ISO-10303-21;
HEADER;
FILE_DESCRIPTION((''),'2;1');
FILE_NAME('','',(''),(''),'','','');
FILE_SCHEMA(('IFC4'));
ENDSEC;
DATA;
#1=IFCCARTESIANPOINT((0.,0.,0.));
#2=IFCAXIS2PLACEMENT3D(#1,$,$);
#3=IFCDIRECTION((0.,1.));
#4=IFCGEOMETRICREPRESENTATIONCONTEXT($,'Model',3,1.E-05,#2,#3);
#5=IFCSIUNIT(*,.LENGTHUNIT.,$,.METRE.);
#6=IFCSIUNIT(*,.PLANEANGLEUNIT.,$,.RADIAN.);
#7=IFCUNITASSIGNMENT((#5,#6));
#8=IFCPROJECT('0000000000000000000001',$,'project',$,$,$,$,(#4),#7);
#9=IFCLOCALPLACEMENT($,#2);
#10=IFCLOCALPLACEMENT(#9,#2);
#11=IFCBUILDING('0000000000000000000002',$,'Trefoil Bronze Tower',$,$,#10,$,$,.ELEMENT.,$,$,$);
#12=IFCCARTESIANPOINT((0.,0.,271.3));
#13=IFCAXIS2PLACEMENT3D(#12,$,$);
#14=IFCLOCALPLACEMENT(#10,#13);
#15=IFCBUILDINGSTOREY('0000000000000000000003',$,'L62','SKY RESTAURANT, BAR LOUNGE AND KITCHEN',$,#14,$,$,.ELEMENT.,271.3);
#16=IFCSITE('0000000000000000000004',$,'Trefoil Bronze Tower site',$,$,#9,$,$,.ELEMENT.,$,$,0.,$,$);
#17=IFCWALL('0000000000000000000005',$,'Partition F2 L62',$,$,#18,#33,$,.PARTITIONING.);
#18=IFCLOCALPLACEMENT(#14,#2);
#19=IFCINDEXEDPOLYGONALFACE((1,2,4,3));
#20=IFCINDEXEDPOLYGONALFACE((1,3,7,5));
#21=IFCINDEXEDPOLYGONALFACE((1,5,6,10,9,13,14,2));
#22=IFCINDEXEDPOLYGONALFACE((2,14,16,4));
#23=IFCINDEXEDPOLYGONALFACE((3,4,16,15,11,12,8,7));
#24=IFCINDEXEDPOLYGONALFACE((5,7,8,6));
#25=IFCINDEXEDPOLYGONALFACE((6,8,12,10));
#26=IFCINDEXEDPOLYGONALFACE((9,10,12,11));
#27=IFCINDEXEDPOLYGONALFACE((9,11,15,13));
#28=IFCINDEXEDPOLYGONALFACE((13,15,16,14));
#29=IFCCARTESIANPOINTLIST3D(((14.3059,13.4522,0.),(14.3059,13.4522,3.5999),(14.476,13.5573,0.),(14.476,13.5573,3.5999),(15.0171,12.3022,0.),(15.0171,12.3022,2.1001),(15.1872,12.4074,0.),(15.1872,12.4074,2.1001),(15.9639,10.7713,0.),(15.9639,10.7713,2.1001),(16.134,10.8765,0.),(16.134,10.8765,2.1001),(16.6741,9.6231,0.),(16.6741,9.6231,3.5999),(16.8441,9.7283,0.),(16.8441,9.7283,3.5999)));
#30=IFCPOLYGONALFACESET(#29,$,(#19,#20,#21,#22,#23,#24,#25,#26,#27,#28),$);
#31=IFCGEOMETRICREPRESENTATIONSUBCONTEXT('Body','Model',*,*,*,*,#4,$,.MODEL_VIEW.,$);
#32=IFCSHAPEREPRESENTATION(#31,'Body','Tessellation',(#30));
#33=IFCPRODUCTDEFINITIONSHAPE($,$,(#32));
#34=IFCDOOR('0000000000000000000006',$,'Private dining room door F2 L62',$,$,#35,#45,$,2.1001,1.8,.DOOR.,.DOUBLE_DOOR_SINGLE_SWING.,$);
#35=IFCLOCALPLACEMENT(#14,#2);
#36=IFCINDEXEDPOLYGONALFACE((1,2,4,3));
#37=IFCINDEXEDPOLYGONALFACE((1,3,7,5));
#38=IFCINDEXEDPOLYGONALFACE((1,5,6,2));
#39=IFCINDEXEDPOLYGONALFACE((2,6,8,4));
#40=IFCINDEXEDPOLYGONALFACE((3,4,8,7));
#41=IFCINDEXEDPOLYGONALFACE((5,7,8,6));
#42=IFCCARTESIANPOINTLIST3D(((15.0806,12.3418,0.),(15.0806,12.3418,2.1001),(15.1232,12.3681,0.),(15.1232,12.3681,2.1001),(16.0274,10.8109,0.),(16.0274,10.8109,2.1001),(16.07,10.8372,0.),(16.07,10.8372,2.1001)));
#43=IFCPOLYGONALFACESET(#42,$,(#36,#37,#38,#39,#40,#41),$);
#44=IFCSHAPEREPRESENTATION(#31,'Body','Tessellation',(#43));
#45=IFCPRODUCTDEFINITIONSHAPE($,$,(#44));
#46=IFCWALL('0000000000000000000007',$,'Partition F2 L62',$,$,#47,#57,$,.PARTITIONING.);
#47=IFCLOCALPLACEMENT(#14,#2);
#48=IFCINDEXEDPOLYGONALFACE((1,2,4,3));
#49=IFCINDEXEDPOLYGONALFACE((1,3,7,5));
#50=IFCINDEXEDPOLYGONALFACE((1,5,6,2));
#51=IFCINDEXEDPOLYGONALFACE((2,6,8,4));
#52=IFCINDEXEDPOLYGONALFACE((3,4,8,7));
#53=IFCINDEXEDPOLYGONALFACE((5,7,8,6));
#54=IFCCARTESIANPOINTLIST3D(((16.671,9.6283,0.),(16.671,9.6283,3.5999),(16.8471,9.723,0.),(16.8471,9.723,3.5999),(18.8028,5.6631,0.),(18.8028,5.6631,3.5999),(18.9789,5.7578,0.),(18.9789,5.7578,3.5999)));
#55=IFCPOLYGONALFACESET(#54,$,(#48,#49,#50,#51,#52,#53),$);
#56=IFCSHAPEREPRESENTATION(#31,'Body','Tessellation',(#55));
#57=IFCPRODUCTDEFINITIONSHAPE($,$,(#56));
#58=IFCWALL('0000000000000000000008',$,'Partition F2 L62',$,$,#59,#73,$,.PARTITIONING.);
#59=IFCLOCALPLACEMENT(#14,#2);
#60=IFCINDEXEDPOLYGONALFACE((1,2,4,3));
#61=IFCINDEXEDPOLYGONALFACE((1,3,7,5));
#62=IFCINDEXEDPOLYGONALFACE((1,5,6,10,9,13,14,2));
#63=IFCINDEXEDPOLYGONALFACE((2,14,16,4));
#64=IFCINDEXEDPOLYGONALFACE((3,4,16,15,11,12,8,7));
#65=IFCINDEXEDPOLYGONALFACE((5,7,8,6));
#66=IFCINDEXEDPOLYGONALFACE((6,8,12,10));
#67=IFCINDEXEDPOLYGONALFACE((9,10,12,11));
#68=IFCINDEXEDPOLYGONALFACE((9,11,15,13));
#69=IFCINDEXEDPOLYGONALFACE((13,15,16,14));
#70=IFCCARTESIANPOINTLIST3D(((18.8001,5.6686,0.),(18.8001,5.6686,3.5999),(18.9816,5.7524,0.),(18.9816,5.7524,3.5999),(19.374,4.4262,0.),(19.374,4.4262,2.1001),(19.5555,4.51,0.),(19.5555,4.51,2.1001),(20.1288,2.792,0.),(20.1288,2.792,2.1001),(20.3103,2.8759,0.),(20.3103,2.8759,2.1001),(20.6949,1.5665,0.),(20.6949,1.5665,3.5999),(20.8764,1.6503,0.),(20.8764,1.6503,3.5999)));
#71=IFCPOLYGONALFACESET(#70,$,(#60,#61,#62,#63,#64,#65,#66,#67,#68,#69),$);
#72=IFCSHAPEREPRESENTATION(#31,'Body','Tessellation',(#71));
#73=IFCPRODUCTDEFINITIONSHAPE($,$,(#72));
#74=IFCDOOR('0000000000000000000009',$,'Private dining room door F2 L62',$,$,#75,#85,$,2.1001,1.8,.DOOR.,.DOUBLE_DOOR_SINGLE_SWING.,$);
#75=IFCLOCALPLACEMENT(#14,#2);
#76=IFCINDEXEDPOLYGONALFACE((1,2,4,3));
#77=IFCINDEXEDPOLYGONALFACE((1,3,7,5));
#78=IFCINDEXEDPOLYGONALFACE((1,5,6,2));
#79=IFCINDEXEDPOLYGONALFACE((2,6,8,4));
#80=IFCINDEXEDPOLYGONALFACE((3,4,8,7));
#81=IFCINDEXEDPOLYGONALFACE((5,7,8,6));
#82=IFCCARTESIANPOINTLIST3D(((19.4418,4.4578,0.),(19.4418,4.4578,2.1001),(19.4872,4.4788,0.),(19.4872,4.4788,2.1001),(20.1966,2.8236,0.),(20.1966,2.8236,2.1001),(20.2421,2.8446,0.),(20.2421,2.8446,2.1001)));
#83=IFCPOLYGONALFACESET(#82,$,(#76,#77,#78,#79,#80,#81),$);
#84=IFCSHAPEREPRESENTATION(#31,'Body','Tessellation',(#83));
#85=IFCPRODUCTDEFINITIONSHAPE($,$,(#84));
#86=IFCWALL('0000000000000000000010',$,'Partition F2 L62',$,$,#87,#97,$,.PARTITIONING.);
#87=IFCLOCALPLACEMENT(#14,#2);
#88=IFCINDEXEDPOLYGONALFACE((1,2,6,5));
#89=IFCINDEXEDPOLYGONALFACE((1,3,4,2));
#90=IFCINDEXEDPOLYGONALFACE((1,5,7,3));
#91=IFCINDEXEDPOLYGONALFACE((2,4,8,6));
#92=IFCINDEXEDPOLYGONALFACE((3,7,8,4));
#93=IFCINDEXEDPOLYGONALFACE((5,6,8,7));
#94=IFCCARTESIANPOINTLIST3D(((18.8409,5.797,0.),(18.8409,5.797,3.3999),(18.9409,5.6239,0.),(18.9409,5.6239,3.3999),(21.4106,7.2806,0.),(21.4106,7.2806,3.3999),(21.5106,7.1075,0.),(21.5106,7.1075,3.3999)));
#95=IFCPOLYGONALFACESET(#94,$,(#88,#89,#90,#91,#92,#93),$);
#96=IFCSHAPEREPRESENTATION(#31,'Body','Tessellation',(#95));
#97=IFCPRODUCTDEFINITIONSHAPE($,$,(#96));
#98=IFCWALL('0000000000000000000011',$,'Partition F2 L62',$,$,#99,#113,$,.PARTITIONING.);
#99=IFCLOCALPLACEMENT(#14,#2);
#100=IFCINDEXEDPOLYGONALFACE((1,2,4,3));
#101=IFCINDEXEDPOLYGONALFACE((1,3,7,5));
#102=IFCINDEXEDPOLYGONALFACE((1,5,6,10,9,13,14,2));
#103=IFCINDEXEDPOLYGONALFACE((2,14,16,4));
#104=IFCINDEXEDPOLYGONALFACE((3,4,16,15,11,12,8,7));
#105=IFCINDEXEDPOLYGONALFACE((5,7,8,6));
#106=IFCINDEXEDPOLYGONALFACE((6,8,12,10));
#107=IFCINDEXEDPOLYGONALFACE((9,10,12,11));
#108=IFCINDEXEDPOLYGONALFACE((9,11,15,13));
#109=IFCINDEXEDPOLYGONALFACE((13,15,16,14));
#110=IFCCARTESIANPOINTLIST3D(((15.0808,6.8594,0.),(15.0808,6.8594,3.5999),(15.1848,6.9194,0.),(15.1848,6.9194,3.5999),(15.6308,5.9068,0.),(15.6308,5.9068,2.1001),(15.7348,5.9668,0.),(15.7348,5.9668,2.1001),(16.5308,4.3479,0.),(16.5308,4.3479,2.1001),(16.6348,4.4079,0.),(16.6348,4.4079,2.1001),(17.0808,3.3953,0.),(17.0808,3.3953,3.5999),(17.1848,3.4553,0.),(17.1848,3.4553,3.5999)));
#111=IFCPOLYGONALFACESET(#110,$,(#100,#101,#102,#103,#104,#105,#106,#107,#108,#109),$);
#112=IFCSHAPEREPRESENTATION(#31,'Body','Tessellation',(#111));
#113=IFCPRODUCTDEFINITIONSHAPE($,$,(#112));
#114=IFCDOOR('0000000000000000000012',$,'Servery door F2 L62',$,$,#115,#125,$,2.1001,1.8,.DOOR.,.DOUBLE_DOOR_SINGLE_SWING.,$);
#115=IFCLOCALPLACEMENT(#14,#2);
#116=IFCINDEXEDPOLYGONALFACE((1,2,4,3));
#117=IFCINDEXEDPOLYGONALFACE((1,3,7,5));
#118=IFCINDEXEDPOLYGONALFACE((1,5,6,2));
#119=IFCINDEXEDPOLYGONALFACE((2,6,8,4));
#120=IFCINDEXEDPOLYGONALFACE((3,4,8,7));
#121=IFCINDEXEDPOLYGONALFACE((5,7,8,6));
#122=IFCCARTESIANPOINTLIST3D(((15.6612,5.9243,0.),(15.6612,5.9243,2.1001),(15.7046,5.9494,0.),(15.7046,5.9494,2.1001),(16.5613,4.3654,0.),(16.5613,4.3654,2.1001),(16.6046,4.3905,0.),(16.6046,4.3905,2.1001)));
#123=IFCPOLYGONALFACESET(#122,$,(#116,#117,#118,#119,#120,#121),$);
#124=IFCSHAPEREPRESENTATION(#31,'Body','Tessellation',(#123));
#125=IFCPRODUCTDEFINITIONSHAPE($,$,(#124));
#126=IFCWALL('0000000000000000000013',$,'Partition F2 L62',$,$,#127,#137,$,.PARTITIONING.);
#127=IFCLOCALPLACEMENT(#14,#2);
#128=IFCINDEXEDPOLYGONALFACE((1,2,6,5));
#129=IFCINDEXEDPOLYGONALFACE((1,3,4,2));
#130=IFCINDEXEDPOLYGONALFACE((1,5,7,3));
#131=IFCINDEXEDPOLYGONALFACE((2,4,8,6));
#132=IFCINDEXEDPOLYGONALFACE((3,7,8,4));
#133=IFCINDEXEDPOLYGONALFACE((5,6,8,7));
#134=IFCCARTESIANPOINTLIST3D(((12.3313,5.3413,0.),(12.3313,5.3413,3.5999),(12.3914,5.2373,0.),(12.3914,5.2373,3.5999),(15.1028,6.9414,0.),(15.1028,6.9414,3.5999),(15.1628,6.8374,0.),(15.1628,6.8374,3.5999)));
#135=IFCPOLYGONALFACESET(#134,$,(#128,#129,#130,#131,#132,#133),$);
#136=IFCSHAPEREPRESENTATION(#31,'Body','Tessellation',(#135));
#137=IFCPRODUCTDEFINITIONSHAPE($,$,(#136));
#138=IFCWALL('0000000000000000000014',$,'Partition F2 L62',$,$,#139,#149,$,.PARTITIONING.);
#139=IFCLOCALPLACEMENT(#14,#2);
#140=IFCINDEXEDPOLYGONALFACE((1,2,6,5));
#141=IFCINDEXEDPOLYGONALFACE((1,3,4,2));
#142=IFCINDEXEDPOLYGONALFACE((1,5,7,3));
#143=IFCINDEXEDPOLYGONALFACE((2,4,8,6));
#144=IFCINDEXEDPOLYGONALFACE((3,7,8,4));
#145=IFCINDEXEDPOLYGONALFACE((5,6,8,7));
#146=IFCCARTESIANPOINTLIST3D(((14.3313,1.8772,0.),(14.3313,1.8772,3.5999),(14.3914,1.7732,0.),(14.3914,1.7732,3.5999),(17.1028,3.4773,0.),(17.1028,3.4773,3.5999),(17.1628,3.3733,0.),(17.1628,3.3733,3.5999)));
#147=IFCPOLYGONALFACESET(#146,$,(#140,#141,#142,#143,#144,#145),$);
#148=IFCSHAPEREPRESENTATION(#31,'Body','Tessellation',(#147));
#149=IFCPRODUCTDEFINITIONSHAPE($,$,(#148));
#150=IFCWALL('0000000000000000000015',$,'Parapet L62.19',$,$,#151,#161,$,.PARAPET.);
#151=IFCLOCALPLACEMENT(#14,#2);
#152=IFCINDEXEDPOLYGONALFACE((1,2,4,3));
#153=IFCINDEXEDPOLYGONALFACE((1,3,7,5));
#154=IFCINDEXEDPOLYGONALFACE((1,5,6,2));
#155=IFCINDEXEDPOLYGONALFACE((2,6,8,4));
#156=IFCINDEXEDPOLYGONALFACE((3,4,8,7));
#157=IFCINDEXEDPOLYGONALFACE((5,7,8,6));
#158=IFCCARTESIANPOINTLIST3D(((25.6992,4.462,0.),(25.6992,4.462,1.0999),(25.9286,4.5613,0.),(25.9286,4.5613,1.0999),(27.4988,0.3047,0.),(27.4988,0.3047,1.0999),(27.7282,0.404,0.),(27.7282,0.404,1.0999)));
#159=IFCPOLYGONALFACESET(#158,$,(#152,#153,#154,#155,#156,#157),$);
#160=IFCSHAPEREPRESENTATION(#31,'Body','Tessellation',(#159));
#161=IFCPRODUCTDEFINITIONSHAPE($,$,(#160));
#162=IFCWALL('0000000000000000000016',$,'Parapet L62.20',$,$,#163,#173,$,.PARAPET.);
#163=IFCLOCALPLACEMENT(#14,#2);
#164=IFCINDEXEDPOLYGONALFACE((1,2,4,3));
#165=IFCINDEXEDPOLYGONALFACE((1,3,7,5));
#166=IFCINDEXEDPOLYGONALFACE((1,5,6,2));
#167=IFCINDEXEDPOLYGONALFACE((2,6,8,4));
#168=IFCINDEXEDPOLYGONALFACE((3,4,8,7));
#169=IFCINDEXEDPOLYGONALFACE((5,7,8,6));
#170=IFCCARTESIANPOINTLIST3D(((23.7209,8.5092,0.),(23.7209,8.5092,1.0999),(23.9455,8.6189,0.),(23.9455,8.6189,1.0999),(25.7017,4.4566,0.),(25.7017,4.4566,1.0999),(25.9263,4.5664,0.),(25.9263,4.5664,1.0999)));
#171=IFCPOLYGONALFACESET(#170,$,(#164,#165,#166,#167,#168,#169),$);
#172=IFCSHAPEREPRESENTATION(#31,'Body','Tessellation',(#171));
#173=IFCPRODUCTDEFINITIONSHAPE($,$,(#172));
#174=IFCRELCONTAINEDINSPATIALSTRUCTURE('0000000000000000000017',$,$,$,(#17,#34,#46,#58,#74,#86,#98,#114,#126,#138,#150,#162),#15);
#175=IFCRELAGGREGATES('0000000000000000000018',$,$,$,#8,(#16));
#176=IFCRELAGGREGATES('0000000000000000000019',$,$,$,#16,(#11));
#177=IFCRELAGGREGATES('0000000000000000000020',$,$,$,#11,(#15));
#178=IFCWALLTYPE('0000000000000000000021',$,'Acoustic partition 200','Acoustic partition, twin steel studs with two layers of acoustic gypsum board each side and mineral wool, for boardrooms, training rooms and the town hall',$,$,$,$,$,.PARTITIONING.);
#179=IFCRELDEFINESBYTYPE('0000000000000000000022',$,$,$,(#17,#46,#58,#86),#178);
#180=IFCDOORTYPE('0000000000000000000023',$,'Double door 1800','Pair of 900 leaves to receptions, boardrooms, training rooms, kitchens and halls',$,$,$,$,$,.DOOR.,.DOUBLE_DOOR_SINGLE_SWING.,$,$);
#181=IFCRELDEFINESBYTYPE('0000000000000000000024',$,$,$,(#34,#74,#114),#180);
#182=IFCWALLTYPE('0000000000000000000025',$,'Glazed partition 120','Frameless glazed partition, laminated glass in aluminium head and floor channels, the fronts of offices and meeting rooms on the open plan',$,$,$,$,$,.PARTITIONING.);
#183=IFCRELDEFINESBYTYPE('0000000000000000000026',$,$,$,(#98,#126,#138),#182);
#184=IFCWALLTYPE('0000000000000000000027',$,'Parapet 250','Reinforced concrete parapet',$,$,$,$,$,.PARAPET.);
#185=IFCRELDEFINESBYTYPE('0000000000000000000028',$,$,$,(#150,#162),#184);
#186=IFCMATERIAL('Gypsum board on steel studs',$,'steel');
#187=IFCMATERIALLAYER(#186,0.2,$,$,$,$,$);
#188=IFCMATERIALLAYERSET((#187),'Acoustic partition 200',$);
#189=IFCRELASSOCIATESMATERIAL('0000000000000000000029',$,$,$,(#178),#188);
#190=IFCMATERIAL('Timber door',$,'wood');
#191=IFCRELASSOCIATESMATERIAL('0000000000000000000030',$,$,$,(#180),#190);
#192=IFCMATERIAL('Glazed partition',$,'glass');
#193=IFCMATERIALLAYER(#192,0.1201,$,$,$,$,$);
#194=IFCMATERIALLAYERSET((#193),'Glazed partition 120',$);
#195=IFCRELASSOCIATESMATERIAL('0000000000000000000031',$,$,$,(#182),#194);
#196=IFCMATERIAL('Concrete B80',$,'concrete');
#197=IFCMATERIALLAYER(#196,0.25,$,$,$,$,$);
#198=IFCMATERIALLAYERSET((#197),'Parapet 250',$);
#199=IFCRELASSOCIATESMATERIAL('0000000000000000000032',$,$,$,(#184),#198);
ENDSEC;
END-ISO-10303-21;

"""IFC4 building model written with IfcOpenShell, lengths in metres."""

from ifc_helpers import new_model, si_unit, direction, frame, frame_2d, origin, place, context, subcontext, project, spatial, rectangle, extrude, material, layer, layer_set, type_object, element, fill, save


model = new_model("IFC4")

# Units and contexts
model_context = context("Model", 3, precision=1e-05, world=origin(), true_north=direction((0.0, 1.0)))
body_context = subcontext(model_context, "Body", "Model", "MODEL_VIEW")
ifc_project = project(units=[si_unit("LENGTHUNIT", "METRE"), si_unit("PLANEANGLEUNIT", "RADIAN")], contexts=[model_context])

# Site, building, storey
site_placement = place(None, origin())
site = spatial("IfcSite", under=ifc_project, at=site_placement, Name="Trefoil Bronze Tower site", CompositionType="ELEMENT", RefElevation=0.0)
building_placement = place(site_placement, origin())
building = spatial("IfcBuilding", under=site, at=building_placement, Name="Trefoil Bronze Tower", CompositionType="ELEMENT")
storey_placement = place(building_placement, frame((0.0, 0.0, 271.3)))
storey = spatial("IfcBuildingStorey", under=building, at=storey_placement, Name="L62", Description="SKY RESTAURANT, BAR LOUNGE AND KITCHEN", CompositionType="ELEMENT", Elevation=271.3)

# Wall, opening, door
ifc_material_1 = material(Name="Gypsum board on steel studs", Category="steel")
ifc_layer_1 = layer(ifc_material_1, 0.2)
ifc_layer_set_1 = layer_set([ifc_layer_1], Name="Acoustic partition 200")
wall_type_1 = type_object("IfcWallType", Name="Acoustic partition 200", Description="Acoustic partition, twin steel studs with two layers of acoustic gypsum board each side and mineral wool, for boardrooms, training rooms and the town hall", PredefinedType="PARTITIONING", material=ifc_layer_set_1)
wall_1_placement = place(storey_placement, frame((16.759, 9.6758, 0.0), z_axis=(0.0, 0.0, 1.0), x_axis=(-0.525996, 0.850487, 0.0)))
wall_1 = element("IfcWall", 1, at=wall_1_placement, inside=storey, type_object=wall_type_1, Name="Partition F2 L62", PredefinedType="PARTITIONING", context=body_context, shape_type="SweptSolid", body=[
    extrude(rectangle(XDim=4.5022, YDim=0.2, at=frame_2d((2.251, 0.0))), origin(), (0.0, 0.0, 1.0), 3.5999),
])
opening_1_placement = place(wall_1_placement, frame((1.3501, 0.0, 0.0)))
opening_1 = element("IfcOpeningElement", 2, at=opening_1_placement, cuts=wall_1, PredefinedType="OPENING", context=body_context, shape_type="SweptSolid", body=[
    extrude(rectangle(XDim=1.8, YDim=2.1001, at=frame_2d((0.8999, 1.05))), frame((0.0, 0.1099, 0.0), z_axis=(0.0, -1.0, 0.0), x_axis=(1.0, 0.0, 0.0)), (0.0, 0.0, 1.0), 0.22),
])
ifc_material_2 = material(Name="Timber door", Category="wood")
door_type = type_object("IfcDoorType", Name="Double door 1800", Description="Pair of 900 leaves to receptions, boardrooms, training rooms, kitchens and halls", OperationType="DOUBLE_DOOR_SINGLE_SWING", PredefinedType="DOOR", material=ifc_material_2)
door_1_placement = place(opening_1_placement, frame((1.8, 0.0, 0.0), z_axis=(0.0, 0.0, 1.0), x_axis=(-1.0, 0.0, 0.0)))
door_1 = element("IfcDoor", 3, at=door_1_placement, inside=storey, type_object=door_type, Name="Private dining room door F2 L62", OperationType="DOUBLE_DOOR_SINGLE_SWING", OverallHeight=2.1001, OverallWidth=1.8, PredefinedType="DOOR", context=body_context, shape_type="SweptSolid", body=[
    extrude(rectangle(XDim=1.8, YDim=2.1001, at=frame_2d((0.8999, 1.05))), frame((0.0, 0.0249, 0.0), z_axis=(0.0, -1.0, 0.0), x_axis=(1.0, 0.0, 0.0)), (0.0, 0.0, 1.0), 0.05),
])
fill(opening_1, door_1)

# Wall
wall_2_placement = place(storey_placement, frame((18.8909, 5.7104, 0.0), z_axis=(0.0, 0.0, 1.0), x_axis=(-0.473524, 0.880781, 0.0)))
element("IfcWall", 4, at=wall_2_placement, inside=storey, type_object=wall_type_1, Name="Partition F2 L62", PredefinedType="PARTITIONING", context=body_context, shape_type="SweptSolid", body=[
    extrude(rectangle(XDim=4.502, YDim=0.2, at=frame_2d((2.251, 0.0))), origin(), (0.0, 0.0, 1.0), 3.5999),
])

# Wall, opening, door
wall_3_placement = place(storey_placement, frame((20.7856, 1.6084, 0.0), z_axis=(0.0, 0.0, 1.0), x_axis=(-0.419336, 0.907831, 0.0)))
wall_3 = element("IfcWall", 5, at=wall_3_placement, inside=storey, type_object=wall_type_1, Name="Partition F2 L62", PredefinedType="PARTITIONING", context=body_context, shape_type="SweptSolid", body=[
    extrude(rectangle(XDim=4.5186, YDim=0.2, at=frame_2d((2.2593, 0.0))), origin(), (0.0, 0.0, 1.0), 3.5999),
])
opening_2_placement = place(wall_3_placement, frame((1.3501, 0.0, 0.0)))
opening_2 = element("IfcOpeningElement", 6, at=opening_2_placement, cuts=wall_3, PredefinedType="OPENING", context=body_context, shape_type="SweptSolid", body=[
    extrude(rectangle(XDim=1.8, YDim=2.1001, at=frame_2d((0.8999, 1.05))), frame((0.0, 0.1099, 0.0), z_axis=(0.0, -1.0, 0.0), x_axis=(1.0, 0.0, 0.0)), (0.0, 0.0, 1.0), 0.22),
])
door_2_placement = place(opening_2_placement, frame((1.8, 0.0, 0.0), z_axis=(0.0, 0.0, 1.0), x_axis=(-1.0, 0.0, 0.0)))
door_2 = element("IfcDoor", 7, at=door_2_placement, inside=storey, type_object=door_type, Name="Private dining room door F2 L62", OperationType="DOUBLE_DOOR_SINGLE_SWING", OverallHeight=2.1001, OverallWidth=1.8, PredefinedType="DOOR", context=body_context, shape_type="SweptSolid", body=[
    extrude(rectangle(XDim=1.8, YDim=2.1001, at=frame_2d((0.8999, 1.05))), frame((0.0, 0.0249, 0.0), z_axis=(0.0, -1.0, 0.0), x_axis=(1.0, 0.0, 0.0)), (0.0, 0.0, 1.0), 0.05),
])
fill(opening_2, door_2)

# Wall
wall_4_placement = place(storey_placement, frame((18.8909, 5.7104, 0.0), z_axis=(0.0, 0.0, 1.0), x_axis=(0.866032, 0.499988, 0.0)))
element("IfcWall", 8, at=wall_4_placement, inside=storey, type_object=wall_type_1, Name="Partition F2 L62", PredefinedType="PARTITIONING", context=body_context, shape_type="SweptSolid", body=[
    extrude(rectangle(XDim=2.9673, YDim=0.2, at=frame_2d((1.4836, 0.0))), origin(), (0.0, 0.0, 1.0), 3.3999),
])

# Wall, opening, door
ifc_material_3 = material(Name="Glazed partition", Category="glass")
ifc_layer_2 = layer(ifc_material_3, 0.1201)
ifc_layer_set_2 = layer_set([ifc_layer_2], Name="Glazed partition 120")
wall_type_2 = type_object("IfcWallType", Name="Glazed partition 120", Description="Frameless glazed partition, laminated glass in aluminium head and floor channels, the fronts of offices and meeting rooms on the open plan", PredefinedType="PARTITIONING", material=ifc_layer_set_2)
wall_5_placement = place(storey_placement, frame((17.1328, 3.4253, 0.0), z_axis=(0.0, 0.0, 1.0), x_axis=(-0.499999, 0.866026, 0.0)))
wall_5 = element("IfcWall", 9, at=wall_5_placement, inside=storey, type_object=wall_type_2, Name="Partition F2 L62", PredefinedType="PARTITIONING", context=body_context, shape_type="SweptSolid", body=[
    extrude(rectangle(XDim=4.0, YDim=0.1201, at=frame_2d((2.0, 0.0))), origin(), (0.0, 0.0, 1.0), 3.5999),
])
opening_3_placement = place(wall_5_placement, frame((1.1001, 0.0, 0.0)))
opening_3 = element("IfcOpeningElement", 10, at=opening_3_placement, cuts=wall_5, PredefinedType="OPENING", context=body_context, shape_type="SweptSolid", body=[
    extrude(rectangle(XDim=1.8, YDim=2.1001, at=frame_2d((0.8999, 1.05))), frame((0.0, 0.0701, 0.0), z_axis=(0.0, -1.0, 0.0), x_axis=(1.0, 0.0, 0.0)), (0.0, 0.0, 1.0), 0.1401),
])
door_3_placement = place(opening_3_placement, origin())
door_3 = element("IfcDoor", 11, at=door_3_placement, inside=storey, type_object=door_type, Name="Servery door F2 L62", OperationType="DOUBLE_DOOR_SINGLE_SWING", OverallHeight=2.1001, OverallWidth=1.8, PredefinedType="DOOR", context=body_context, shape_type="SweptSolid", body=[
    extrude(rectangle(XDim=1.8, YDim=2.1001, at=frame_2d((0.8999, 1.05))), frame((0.0, 0.0249, 0.0), z_axis=(0.0, -1.0, 0.0), x_axis=(1.0, 0.0, 0.0)), (0.0, 0.0, 1.0), 0.05),
])
fill(opening_3, door_3)

# Walls
for number, where, z_axis, x_axis, name in (
    (12, (12.3613, 5.2893, 0.0), (0.0, 0.0, 1.0), (0.866028, 0.499995, 0.0), "Partition F2 L62"),
    (13, (14.3613, 1.8252, 0.0), (0.0, 0.0, 1.0), (0.866028, 0.499995, 0.0), "Partition F2 L62"),
):
    element("IfcWall", number, at=place(storey_placement, frame(where, z_axis=z_axis, x_axis=x_axis)), inside=storey, type_object=wall_type_2, Name=name, PredefinedType="PARTITIONING", context=body_context, shape_type="SweptSolid", body=[
        extrude(rectangle(XDim=3.2002, YDim=0.1201, at=frame_2d((1.6001, 0.0))), origin(), (0.0, 0.0, 1.0), 3.5999),
    ])
ifc_material_4 = material(Name="Concrete B80", Category="concrete")
ifc_layer_3 = layer(ifc_material_4, 0.25)
ifc_layer_set_3 = layer_set([ifc_layer_3], Name="Parapet 250")
wall_type_3 = type_object("IfcWallType", Name="Parapet 250", Description="Reinforced concrete parapet", PredefinedType="PARAPET", material=ifc_layer_set_3)
wall_6_placement = place(storey_placement, frame((27.6135, 0.3542, 0.0), z_axis=(0.0, 0.0, 1.0), x_axis=(-0.397253, 0.917709, 0.0)))
element("IfcWall", 14, at=wall_6_placement, inside=storey, type_object=wall_type_3, Name="Parapet L62.19", PredefinedType="PARAPET", context=body_context, shape_type="SweptSolid", body=[
    extrude(rectangle(XDim=4.53, YDim=0.25, at=frame_2d((2.2651, 0.0))), origin(), (0.0, 0.0, 1.0), 1.0999),
])
wall_7_placement = place(storey_placement, frame((25.814, 4.5115, 0.0), z_axis=(0.0, 0.0, 1.0), x_axis=(-0.43912, 0.898428, 0.0)))
element("IfcWall", 15, at=wall_7_placement, inside=storey, type_object=wall_type_3, Name="Parapet L62.20", PredefinedType="PARAPET", context=body_context, shape_type="SweptSolid", body=[
    extrude(rectangle(XDim=4.5107, YDim=0.25, at=frame_2d((2.2554, 0.0))), origin(), (0.0, 0.0, 1.0), 1.0999),
])

save(model, "model.ifc")
